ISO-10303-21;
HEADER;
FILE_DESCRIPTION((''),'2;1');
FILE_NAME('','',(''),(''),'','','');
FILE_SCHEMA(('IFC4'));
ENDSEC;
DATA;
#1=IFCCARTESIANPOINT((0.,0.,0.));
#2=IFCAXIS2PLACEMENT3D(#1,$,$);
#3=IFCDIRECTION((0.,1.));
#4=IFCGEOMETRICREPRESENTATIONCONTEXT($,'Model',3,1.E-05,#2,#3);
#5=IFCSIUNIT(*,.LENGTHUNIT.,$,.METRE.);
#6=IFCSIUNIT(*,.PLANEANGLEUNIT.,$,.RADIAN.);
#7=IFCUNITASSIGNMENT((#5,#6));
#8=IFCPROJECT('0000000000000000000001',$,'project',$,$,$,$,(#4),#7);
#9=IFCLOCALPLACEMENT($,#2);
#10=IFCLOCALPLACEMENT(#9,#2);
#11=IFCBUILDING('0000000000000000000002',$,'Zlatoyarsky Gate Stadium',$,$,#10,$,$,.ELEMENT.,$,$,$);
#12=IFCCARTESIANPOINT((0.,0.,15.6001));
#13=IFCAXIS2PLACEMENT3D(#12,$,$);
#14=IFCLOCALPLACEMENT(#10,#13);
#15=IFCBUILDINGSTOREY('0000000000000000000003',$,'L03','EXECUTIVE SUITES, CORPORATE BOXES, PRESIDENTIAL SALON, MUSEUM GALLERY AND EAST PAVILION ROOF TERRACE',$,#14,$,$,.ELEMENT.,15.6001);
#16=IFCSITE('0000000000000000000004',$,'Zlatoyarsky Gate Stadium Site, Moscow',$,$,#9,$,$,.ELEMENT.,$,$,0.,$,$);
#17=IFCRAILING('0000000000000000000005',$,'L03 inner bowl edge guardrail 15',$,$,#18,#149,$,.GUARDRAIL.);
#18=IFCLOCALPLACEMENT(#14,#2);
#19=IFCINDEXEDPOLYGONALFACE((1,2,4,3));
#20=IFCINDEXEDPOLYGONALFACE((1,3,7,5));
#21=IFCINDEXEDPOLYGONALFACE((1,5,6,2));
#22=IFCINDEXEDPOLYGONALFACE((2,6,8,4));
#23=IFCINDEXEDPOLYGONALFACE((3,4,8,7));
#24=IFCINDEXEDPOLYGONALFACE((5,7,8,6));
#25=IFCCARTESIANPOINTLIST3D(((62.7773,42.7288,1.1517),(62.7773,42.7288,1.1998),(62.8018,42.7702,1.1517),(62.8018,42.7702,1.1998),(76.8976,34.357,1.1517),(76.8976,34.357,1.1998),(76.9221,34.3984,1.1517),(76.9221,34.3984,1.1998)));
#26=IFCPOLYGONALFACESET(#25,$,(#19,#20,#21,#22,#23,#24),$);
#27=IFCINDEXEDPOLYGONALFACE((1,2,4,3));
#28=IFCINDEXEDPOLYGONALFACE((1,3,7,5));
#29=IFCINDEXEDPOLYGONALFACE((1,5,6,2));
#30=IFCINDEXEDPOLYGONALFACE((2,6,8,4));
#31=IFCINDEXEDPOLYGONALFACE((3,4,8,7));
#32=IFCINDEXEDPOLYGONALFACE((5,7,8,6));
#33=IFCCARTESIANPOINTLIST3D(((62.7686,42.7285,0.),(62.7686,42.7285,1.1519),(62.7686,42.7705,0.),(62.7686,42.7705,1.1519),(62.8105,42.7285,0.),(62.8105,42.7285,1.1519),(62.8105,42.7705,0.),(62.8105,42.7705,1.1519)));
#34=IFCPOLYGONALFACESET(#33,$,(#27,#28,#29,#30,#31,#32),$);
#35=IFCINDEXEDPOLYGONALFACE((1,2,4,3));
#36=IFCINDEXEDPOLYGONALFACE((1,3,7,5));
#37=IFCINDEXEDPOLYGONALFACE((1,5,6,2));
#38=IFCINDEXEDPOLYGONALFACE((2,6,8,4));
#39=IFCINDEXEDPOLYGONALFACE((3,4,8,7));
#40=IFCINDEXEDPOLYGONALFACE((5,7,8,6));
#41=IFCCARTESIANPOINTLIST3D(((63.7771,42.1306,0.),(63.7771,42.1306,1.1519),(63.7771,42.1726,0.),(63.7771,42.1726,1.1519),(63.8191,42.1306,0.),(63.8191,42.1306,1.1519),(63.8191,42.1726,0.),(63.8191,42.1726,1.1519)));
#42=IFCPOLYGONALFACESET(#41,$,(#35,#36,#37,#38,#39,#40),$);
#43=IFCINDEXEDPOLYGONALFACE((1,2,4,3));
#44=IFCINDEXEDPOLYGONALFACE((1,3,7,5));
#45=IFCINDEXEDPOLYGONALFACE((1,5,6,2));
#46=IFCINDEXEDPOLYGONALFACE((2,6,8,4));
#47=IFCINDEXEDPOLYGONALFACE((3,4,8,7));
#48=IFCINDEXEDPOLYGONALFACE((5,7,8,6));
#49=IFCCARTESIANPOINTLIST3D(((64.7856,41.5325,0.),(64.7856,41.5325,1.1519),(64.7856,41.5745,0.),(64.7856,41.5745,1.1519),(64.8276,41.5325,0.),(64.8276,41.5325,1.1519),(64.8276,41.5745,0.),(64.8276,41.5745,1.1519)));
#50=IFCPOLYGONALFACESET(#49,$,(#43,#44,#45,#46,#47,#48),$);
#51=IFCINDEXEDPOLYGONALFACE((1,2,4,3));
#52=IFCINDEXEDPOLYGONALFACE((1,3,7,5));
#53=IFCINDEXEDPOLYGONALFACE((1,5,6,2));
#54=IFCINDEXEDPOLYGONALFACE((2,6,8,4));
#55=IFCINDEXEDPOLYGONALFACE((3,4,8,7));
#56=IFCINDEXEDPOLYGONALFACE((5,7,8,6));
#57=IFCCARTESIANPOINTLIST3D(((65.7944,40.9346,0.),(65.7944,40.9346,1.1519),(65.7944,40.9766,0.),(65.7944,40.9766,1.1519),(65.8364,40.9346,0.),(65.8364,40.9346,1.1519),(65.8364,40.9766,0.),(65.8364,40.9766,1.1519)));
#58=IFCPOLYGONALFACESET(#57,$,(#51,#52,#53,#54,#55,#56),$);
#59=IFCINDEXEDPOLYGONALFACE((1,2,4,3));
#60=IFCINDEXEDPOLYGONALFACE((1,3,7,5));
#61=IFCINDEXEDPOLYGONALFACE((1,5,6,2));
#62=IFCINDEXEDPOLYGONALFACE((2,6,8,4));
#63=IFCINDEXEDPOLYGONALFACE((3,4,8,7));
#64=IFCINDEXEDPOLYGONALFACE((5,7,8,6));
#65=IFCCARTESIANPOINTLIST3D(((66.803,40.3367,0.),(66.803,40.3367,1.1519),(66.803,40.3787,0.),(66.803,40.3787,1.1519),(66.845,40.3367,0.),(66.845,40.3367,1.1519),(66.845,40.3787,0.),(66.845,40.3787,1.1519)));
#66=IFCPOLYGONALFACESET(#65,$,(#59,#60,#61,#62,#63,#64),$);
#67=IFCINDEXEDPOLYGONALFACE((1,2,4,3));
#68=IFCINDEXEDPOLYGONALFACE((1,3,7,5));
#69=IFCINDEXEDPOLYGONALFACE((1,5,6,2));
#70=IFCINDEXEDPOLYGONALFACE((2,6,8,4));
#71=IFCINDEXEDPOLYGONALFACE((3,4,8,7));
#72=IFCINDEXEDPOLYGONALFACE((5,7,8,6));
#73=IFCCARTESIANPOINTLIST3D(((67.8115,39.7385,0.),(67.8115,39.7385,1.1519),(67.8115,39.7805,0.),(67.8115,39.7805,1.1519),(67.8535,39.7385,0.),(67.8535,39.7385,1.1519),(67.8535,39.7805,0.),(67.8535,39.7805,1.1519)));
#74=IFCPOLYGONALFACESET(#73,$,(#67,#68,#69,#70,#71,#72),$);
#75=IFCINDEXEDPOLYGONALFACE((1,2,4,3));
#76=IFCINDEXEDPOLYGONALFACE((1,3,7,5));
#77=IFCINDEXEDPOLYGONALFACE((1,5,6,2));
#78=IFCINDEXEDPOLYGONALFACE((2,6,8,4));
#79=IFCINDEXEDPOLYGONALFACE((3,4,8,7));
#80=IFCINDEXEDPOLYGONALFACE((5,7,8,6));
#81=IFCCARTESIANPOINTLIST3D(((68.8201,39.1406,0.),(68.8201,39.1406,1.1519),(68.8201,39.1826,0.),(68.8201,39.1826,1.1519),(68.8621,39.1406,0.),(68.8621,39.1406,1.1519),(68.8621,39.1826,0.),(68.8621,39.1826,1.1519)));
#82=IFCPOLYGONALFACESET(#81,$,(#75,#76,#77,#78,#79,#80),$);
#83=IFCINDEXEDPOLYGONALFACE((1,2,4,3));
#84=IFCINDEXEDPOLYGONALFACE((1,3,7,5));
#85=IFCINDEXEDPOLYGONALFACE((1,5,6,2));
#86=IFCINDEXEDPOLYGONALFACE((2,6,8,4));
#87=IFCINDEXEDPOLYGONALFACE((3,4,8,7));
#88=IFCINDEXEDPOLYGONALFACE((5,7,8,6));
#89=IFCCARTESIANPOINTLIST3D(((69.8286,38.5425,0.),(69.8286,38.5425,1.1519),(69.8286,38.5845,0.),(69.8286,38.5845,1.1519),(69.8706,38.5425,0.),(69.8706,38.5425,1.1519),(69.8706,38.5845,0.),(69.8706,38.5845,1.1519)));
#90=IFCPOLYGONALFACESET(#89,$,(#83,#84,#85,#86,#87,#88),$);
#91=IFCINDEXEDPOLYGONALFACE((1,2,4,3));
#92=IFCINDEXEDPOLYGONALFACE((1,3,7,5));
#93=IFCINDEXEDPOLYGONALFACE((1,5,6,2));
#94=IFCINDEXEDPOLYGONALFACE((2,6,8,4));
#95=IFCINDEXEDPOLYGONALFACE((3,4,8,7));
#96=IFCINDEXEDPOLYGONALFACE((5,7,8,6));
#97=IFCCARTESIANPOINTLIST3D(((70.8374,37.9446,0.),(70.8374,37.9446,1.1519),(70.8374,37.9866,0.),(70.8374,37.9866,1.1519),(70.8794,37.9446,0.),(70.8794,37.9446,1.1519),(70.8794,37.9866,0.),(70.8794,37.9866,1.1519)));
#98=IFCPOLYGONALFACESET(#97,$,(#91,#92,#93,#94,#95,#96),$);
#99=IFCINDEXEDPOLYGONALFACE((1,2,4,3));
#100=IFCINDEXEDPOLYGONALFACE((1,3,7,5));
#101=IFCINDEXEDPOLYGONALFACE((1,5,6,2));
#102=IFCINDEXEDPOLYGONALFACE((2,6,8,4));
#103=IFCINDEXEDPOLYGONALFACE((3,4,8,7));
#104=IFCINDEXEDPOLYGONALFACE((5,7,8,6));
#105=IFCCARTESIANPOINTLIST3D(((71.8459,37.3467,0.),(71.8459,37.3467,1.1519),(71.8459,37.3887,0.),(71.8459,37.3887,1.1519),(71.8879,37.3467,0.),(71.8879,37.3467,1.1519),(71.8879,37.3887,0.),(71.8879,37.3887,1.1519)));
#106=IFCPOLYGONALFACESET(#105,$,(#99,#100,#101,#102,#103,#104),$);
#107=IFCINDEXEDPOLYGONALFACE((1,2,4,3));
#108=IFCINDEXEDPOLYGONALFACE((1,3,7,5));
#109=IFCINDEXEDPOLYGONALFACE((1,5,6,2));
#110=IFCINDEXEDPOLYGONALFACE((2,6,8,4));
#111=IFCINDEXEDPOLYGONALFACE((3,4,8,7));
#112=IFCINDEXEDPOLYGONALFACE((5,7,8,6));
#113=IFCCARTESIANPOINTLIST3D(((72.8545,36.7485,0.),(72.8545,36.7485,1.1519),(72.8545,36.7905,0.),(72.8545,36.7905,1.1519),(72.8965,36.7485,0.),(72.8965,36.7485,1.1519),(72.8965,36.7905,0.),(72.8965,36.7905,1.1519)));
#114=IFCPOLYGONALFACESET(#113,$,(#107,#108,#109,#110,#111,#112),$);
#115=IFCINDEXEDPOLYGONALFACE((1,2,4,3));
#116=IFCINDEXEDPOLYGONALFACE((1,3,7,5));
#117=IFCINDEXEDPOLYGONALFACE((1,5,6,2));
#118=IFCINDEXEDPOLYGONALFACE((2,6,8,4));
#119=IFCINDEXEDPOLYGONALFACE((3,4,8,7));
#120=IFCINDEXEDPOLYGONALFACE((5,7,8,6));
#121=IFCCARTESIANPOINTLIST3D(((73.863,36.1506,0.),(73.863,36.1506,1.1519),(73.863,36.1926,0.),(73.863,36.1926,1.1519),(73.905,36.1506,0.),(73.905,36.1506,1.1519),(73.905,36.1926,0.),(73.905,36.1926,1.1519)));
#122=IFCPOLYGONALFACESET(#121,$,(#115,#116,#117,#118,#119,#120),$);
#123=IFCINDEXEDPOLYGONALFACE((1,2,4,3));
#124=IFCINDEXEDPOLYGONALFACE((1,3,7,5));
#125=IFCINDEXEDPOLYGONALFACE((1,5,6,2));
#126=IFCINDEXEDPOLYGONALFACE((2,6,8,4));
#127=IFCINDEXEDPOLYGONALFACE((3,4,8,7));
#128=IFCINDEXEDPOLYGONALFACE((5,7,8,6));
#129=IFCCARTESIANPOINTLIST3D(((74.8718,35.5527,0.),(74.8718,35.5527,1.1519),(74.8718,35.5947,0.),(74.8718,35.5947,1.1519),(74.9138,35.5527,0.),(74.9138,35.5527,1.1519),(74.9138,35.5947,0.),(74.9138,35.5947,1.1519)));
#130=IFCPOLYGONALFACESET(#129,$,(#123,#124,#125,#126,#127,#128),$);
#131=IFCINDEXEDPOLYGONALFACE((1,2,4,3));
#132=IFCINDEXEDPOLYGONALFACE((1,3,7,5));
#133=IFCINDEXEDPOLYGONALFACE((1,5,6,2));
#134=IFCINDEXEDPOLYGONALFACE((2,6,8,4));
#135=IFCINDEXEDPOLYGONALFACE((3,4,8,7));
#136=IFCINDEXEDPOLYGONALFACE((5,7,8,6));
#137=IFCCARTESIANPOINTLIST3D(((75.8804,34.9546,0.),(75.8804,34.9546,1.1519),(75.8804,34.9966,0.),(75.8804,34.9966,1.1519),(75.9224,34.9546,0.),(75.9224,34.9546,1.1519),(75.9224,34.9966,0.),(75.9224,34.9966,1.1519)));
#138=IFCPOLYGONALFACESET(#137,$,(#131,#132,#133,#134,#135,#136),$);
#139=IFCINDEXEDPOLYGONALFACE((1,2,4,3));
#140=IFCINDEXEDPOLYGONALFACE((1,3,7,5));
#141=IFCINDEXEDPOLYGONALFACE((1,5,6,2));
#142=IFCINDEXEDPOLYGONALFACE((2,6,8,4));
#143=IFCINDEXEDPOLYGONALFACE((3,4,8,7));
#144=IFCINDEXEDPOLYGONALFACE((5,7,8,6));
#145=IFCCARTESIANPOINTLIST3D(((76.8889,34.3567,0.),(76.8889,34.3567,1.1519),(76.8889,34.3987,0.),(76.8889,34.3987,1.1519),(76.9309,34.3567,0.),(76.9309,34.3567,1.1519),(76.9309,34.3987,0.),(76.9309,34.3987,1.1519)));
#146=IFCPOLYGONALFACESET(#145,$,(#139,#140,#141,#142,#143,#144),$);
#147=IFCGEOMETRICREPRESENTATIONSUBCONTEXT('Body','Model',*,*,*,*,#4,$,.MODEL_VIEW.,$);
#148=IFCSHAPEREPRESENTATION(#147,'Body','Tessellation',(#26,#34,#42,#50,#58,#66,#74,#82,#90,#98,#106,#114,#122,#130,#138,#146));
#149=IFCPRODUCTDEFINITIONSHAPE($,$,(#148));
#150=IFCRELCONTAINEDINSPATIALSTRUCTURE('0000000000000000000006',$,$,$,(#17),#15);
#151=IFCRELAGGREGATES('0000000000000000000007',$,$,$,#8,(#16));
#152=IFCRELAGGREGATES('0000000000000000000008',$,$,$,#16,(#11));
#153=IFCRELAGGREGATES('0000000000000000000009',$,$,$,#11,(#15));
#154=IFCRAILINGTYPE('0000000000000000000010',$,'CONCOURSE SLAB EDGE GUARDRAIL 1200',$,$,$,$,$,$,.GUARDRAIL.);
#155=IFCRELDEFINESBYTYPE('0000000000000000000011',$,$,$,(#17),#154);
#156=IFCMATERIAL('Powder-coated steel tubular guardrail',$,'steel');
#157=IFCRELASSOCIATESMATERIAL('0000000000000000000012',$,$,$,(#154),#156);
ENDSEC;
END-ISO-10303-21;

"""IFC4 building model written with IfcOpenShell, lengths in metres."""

from ifc_helpers import new_model, si_unit, direction, frame, origin, origin_2d, place, context, subcontext, project, spatial, rectangle, extrude, material, type_object, element, save


model = new_model("IFC4")

# Units and contexts
model_context = context("Model", 3, precision=1e-05, world=origin(), true_north=direction((0.0, 1.0)))
body_context = subcontext(model_context, "Body", "Model", "MODEL_VIEW")
ifc_project = project(units=[si_unit("LENGTHUNIT", "METRE"), si_unit("PLANEANGLEUNIT", "RADIAN")], contexts=[model_context])

# Site, building, storey
site_placement = place(None, origin())
site = spatial("IfcSite", under=ifc_project, at=site_placement, Name="Zlatoyarsky Gate Stadium Site, Moscow", CompositionType="ELEMENT", RefElevation=0.0)
building_placement = place(site_placement, origin())
building = spatial("IfcBuilding", under=site, at=building_placement, Name="Zlatoyarsky Gate Stadium", CompositionType="ELEMENT")
storey_placement = place(building_placement, frame((0.0, 0.0, 15.6001)))
storey = spatial("IfcBuildingStorey", under=building, at=storey_placement, Name="L03", Description="EXECUTIVE SUITES, CORPORATE BOXES, PRESIDENTIAL SALON, MUSEUM GALLERY AND EAST PAVILION ROOF TERRACE", CompositionType="ELEMENT", Elevation=15.6001)

# Railing
ifc_material_1 = material(Name="Powder-coated steel tubular guardrail", Category="steel")
railing_type = type_object("IfcRailingType", Name="CONCOURSE SLAB EDGE GUARDRAIL 1200", PredefinedType="GUARDRAIL", material=ifc_material_1)
railing_1_placement = place(storey_placement, frame((62.7896, 42.7495, 0.0)))
element("IfcRailing", 1, at=railing_1_placement, inside=storey, type_object=railing_type, Name="L03 inner bowl edge guardrail 15", PredefinedType="GUARDRAIL", context=body_context, shape_type="SweptSolid", body=[
    extrude(rectangle(XDim=0.0481, YDim=0.0481, at=origin_2d()), frame((0.0, 0.0, 1.1758), z_axis=(0.860179, -0.509992, 0.0), x_axis=(0.509992, 0.860179, 0.0)), (0.0, 0.0, 1.0), 16.4155),
    extrude(rectangle(XDim=0.042, YDim=0.042, at=origin_2d()), origin(), (0.0, 0.0, 1.0), 1.1519),
    extrude(rectangle(XDim=0.042, YDim=0.042, at=origin_2d()), frame((1.0085, -0.5979, 0.0)), (0.0, 0.0, 1.0), 1.1519),
    extrude(rectangle(XDim=0.042, YDim=0.042, at=origin_2d()), frame((2.0171, -1.196, 0.0)), (0.0, 0.0, 1.0), 1.1519),
    extrude(rectangle(XDim=0.042, YDim=0.042, at=origin_2d()), frame((3.0259, -1.7939, 0.0)), (0.0, 0.0, 1.0), 1.1519),
    extrude(rectangle(XDim=0.042, YDim=0.042, at=origin_2d()), frame((4.0344, -2.3918, 0.0)), (0.0, 0.0, 1.0), 1.1519),
    extrude(rectangle(XDim=0.042, YDim=0.042, at=origin_2d()), frame((5.043, -2.99, 0.0)), (0.0, 0.0, 1.0), 1.1519),
    extrude(rectangle(XDim=0.042, YDim=0.042, at=origin_2d()), frame((6.0515, -3.5879, 0.0)), (0.0, 0.0, 1.0), 1.1519),
    extrude(rectangle(XDim=0.042, YDim=0.042, at=origin_2d()), frame((7.0601, -4.186, 0.0)), (0.0, 0.0, 1.0), 1.1519),
    extrude(rectangle(XDim=0.042, YDim=0.042, at=origin_2d()), frame((8.0688, -4.7839, 0.0)), (0.0, 0.0, 1.0), 1.1519),
    extrude(rectangle(XDim=0.042, YDim=0.042, at=origin_2d()), frame((9.0774, -5.3818, 0.0)), (0.0, 0.0, 1.0), 1.1519),
    extrude(rectangle(XDim=0.042, YDim=0.042, at=origin_2d()), frame((10.0859, -5.98, 0.0)), (0.0, 0.0, 1.0), 1.1519),
    extrude(rectangle(XDim=0.042, YDim=0.042, at=origin_2d()), frame((11.0945, -6.5779, 0.0)), (0.0, 0.0, 1.0), 1.1519),
    extrude(rectangle(XDim=0.042, YDim=0.042, at=origin_2d()), frame((12.1033, -7.1758, 0.0)), (0.0, 0.0, 1.0), 1.1519),
    extrude(rectangle(XDim=0.042, YDim=0.042, at=origin_2d()), frame((13.1118, -7.7739, 0.0)), (0.0, 0.0, 1.0), 1.1519),
    extrude(rectangle(XDim=0.042, YDim=0.042, at=origin_2d()), frame((14.1204, -8.3718, 0.0)), (0.0, 0.0, 1.0), 1.1519),
])

save(model, "model.ifc")
